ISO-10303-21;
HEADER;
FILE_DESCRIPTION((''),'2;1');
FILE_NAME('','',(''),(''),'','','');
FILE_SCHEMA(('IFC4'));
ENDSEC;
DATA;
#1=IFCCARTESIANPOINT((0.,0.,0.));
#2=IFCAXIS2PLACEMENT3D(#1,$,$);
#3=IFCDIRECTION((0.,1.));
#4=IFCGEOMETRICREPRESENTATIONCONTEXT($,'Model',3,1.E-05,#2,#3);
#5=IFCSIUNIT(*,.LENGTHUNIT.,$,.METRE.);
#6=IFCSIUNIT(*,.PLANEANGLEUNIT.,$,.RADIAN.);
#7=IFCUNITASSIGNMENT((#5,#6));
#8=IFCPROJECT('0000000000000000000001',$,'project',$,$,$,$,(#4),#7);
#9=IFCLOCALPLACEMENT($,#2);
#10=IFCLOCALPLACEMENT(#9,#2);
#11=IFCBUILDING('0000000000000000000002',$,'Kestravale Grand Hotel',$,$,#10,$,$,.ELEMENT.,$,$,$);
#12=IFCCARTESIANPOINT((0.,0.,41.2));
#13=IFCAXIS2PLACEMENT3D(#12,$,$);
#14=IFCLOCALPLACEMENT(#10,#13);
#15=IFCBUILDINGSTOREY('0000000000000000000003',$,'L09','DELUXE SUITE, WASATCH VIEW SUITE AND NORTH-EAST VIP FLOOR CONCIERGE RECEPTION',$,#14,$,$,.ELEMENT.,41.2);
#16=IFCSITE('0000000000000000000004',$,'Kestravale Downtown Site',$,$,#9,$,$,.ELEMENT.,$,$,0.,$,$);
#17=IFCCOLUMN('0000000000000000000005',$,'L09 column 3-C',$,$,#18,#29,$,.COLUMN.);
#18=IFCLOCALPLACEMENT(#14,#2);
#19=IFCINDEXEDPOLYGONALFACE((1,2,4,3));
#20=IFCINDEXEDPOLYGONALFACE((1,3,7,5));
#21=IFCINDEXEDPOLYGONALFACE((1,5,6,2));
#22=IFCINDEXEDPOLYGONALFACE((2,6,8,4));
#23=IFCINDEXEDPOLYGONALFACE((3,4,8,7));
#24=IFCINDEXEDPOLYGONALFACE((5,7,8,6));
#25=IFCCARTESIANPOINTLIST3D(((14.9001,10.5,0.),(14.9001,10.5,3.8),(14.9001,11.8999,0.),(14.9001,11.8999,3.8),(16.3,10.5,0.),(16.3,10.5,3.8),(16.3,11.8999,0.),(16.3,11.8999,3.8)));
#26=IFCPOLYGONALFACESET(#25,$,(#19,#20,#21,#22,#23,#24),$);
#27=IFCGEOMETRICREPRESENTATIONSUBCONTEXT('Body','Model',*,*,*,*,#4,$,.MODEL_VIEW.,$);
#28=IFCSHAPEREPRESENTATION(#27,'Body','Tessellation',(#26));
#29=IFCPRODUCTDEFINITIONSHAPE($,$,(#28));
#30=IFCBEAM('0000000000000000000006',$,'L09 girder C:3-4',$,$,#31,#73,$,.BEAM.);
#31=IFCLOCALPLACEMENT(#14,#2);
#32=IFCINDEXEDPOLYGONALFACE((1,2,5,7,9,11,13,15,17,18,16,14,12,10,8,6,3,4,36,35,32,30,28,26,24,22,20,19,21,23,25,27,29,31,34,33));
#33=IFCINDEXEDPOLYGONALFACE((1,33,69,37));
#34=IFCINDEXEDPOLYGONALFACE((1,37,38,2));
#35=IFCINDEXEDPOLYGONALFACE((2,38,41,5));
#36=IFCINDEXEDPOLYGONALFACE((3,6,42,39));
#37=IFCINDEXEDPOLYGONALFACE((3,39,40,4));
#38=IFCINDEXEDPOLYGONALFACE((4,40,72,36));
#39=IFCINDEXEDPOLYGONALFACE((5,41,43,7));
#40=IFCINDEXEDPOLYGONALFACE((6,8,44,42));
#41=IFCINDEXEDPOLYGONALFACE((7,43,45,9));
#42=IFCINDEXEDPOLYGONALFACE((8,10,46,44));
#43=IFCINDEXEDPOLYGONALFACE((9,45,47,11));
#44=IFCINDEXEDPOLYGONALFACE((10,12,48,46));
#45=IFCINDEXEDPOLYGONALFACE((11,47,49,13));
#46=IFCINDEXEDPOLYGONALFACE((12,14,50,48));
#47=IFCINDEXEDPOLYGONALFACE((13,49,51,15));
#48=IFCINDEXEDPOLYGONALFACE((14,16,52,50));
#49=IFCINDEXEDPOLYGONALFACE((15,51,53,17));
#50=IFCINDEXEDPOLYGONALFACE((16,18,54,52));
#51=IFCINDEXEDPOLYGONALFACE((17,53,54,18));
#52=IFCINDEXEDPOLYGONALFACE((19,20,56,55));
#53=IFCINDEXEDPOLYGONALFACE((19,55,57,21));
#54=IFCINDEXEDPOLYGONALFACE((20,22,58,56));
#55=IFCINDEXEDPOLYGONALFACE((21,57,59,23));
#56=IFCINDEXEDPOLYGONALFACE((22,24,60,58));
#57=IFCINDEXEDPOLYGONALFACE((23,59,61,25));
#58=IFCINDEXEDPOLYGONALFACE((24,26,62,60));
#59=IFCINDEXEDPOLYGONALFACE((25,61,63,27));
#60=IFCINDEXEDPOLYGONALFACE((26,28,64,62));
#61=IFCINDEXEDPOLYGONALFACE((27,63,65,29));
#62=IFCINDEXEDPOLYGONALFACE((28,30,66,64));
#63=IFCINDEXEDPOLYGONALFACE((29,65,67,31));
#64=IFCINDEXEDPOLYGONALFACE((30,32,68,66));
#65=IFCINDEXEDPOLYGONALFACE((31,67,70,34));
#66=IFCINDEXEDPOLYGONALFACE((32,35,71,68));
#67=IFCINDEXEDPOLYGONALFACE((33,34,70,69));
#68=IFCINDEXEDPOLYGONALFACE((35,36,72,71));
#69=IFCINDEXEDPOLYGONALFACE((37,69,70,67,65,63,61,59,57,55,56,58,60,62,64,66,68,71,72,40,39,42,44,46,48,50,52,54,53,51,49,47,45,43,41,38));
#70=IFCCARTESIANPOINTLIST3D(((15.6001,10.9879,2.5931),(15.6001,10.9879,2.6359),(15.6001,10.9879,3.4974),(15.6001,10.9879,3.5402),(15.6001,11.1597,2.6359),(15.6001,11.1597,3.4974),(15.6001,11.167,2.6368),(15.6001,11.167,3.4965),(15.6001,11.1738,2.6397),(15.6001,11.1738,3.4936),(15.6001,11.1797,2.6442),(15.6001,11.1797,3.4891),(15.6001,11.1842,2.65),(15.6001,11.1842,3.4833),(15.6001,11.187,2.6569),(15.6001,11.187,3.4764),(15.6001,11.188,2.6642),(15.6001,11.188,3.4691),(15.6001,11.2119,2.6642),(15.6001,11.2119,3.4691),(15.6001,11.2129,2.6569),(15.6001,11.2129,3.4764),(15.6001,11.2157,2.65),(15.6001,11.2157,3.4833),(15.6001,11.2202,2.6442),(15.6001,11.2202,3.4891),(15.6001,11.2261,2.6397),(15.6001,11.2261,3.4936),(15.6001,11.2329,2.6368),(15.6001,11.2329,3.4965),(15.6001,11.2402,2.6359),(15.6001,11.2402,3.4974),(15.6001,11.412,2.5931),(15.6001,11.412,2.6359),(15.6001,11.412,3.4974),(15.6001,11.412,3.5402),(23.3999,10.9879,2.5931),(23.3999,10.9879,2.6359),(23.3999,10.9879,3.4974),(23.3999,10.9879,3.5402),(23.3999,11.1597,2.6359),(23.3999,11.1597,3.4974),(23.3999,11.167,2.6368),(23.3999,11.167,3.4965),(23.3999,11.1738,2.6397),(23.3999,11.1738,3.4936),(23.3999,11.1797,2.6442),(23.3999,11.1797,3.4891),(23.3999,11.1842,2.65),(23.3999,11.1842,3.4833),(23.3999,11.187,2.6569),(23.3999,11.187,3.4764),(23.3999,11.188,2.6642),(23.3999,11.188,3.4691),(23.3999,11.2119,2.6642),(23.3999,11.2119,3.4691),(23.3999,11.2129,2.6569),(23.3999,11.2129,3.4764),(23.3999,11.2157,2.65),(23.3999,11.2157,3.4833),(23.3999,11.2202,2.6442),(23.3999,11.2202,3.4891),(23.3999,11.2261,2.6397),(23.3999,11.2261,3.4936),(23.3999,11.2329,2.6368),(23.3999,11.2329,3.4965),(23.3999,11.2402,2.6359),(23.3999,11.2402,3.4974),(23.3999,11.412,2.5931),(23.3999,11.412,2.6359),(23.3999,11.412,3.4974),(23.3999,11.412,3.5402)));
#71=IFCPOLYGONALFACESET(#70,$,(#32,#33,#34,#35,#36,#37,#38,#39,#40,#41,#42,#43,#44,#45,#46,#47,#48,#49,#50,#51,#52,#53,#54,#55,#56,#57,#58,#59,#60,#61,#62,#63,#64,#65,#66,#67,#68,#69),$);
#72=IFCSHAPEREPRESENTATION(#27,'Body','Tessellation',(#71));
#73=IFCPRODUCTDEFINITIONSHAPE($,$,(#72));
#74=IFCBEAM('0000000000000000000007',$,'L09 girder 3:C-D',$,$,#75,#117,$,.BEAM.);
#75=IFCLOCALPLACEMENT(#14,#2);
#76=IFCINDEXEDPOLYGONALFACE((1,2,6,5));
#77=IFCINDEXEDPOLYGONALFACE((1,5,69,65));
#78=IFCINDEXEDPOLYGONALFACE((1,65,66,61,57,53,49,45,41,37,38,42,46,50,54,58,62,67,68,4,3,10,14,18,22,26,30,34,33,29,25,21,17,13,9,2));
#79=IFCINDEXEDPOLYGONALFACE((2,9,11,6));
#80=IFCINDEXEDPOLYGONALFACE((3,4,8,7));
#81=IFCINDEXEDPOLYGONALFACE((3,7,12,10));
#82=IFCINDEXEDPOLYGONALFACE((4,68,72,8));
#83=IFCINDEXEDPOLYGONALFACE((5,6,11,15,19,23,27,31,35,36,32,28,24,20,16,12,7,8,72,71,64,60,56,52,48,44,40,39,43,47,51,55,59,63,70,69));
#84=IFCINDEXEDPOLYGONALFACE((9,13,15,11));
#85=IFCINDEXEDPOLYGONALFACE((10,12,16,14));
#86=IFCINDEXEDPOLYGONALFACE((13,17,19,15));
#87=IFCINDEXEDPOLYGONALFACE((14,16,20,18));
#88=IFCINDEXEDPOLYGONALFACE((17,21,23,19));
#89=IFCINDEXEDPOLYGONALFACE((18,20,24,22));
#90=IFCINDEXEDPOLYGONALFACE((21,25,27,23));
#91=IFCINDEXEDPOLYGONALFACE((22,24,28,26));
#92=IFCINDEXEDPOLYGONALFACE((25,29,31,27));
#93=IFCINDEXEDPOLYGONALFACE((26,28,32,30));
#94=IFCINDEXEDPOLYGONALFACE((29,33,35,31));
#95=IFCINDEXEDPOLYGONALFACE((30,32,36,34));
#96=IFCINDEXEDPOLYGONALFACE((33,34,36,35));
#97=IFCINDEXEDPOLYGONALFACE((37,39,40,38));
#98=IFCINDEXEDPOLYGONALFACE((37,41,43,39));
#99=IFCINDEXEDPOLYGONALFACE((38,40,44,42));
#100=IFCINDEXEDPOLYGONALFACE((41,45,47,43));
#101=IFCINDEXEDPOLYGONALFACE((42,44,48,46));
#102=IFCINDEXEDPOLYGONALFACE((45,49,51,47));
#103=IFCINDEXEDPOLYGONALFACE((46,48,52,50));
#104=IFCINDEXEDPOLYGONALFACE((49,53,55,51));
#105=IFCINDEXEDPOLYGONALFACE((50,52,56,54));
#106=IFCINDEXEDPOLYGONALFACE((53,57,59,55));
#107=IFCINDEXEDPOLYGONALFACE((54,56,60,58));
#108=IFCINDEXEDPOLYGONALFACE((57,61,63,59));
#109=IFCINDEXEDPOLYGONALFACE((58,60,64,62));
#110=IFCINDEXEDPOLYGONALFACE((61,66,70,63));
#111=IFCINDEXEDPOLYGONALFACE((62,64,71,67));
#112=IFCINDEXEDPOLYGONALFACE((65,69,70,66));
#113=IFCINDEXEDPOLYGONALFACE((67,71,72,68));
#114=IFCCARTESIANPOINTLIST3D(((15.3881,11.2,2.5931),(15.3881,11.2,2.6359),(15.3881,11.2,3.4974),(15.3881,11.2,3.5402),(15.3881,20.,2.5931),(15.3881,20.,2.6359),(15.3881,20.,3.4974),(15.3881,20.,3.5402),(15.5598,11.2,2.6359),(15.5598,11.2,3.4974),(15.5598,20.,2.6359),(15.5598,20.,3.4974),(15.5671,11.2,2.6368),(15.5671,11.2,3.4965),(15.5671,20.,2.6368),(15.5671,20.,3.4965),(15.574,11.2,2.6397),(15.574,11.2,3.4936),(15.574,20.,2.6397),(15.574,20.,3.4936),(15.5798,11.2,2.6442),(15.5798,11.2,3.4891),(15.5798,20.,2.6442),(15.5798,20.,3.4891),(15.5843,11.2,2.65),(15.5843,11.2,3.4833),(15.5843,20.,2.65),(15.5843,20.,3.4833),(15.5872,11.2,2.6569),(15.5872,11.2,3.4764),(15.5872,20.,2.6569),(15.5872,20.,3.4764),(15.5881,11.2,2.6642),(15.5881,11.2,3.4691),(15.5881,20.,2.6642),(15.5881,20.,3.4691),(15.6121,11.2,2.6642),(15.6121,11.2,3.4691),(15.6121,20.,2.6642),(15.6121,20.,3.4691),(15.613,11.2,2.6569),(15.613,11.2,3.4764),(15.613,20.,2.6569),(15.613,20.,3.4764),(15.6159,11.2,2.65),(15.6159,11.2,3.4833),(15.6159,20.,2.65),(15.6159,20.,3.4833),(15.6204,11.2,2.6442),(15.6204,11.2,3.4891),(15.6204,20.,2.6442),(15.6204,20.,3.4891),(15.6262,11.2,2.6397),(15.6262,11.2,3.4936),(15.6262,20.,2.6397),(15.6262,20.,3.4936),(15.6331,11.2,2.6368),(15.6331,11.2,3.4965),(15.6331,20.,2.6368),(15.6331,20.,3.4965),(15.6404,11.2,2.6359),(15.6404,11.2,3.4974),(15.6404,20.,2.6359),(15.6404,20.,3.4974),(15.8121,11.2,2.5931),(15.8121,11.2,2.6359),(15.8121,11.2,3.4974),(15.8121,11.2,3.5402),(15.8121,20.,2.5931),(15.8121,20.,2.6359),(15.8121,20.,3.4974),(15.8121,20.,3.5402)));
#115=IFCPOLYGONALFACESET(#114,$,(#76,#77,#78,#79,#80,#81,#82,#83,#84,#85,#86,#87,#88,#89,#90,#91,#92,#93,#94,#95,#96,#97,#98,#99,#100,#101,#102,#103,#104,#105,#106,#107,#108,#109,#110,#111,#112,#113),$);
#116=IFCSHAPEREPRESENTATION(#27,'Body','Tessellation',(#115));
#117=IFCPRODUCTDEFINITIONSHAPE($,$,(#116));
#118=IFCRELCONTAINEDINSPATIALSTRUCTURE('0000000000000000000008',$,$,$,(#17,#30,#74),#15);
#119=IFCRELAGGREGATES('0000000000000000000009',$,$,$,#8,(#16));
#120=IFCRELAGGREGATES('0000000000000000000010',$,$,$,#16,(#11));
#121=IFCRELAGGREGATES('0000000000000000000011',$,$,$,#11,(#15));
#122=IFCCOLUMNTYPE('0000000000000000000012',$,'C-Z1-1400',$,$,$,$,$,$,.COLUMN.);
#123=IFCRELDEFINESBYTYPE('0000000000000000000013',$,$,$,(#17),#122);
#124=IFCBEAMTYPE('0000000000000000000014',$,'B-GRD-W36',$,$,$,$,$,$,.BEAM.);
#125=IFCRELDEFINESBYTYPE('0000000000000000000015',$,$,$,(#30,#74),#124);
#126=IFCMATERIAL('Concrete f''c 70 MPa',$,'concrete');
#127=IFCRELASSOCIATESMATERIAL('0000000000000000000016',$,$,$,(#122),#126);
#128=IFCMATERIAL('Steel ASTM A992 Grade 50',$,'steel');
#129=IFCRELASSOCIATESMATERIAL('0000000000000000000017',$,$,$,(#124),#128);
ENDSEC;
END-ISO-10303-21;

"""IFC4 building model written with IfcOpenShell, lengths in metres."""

from ifc_helpers import new_model, si_unit, direction, frame, origin, origin_2d, place, context, subcontext, project, spatial, rectangle, i_section, extrude, material, material_profile, profile_set, type_object, element, save


model = new_model("IFC4")

# Units and contexts
model_context = context("Model", 3, precision=1e-05, world=origin(), true_north=direction((0.0, 1.0)))
body_context = subcontext(model_context, "Body", "Model", "MODEL_VIEW")
ifc_project = project(units=[si_unit("LENGTHUNIT", "METRE"), si_unit("PLANEANGLEUNIT", "RADIAN")], contexts=[model_context])

# Site, building, storey
site_placement = place(None, origin())
site = spatial("IfcSite", under=ifc_project, at=site_placement, Name="Kestravale Downtown Site", CompositionType="ELEMENT", RefElevation=0.0)
building_placement = place(site_placement, origin())
building = spatial("IfcBuilding", under=site, at=building_placement, Name="Kestravale Grand Hotel", CompositionType="ELEMENT")
storey_placement = place(building_placement, frame((0.0, 0.0, 41.2)))
storey = spatial("IfcBuildingStorey", under=building, at=storey_placement, Name="L09", Description="DELUXE SUITE, WASATCH VIEW SUITE AND NORTH-EAST VIP FLOOR CONCIERGE RECEPTION", CompositionType="ELEMENT", Elevation=41.2)

# Column
ifc_material_1 = material(Name="Concrete f'c 70 MPa", Category="concrete")
ifc_material_profile_1 = material_profile(ifc_material_1, rectangle(XDim=1.3999, YDim=1.3999, at=origin_2d()))
ifc_profile_set_1 = profile_set([ifc_material_profile_1], Name="Concrete f'c 70 MPa")
column_type = type_object("IfcColumnType", Name="C-Z1-1400", PredefinedType="COLUMN", material=ifc_profile_set_1)
column_placement = place(storey_placement, frame((15.6001, 11.2, 0.0), z_axis=(0.0, 0.0, 1.0), x_axis=(1.0, 0.0, 0.0)))
element("IfcColumn", 1, at=column_placement, inside=storey, type_object=column_type, Name="L09 column 3-C", PredefinedType="COLUMN", context=body_context, shape_type="SweptSolid", body=[
    extrude(rectangle(XDim=1.3999, YDim=1.3999, at=origin_2d()), origin(), (0.0, 0.0, 1.0), 3.8),
])

# Beams
ifc_material_2 = material(Name="Steel ASTM A992 Grade 50", Category="steel")
ifc_material_profile_2 = material_profile(ifc_material_2, i_section(OverallWidth=0.4241, OverallDepth=0.947, WebThickness=0.0239, FlangeThickness=0.0427, FilletRadius=0.0283, at=origin_2d()))
ifc_profile_set_2 = profile_set([ifc_material_profile_2], Name="Steel ASTM A992 Grade 50")
beam_type = type_object("IfcBeamType", Name="B-GRD-W36", PredefinedType="BEAM", material=ifc_profile_set_2)
beam_1_placement = place(storey_placement, frame((15.6001, 11.2, 3.0667), z_axis=(1.0, 0.0, 0.0), x_axis=(0.0, 1.0, 0.0)))
element("IfcBeam", 2, at=beam_1_placement, inside=storey, type_object=beam_type, Name="L09 girder C:3-4", PredefinedType="BEAM", context=body_context, shape_type="SweptSolid", body=[
    extrude(i_section(OverallWidth=0.4241, OverallDepth=0.947, WebThickness=0.0239, FlangeThickness=0.0427, FilletRadius=0.0283, at=origin_2d()), origin(), (0.0, 0.0, 1.0), 7.7998),
])
beam_2_placement = place(storey_placement, frame((15.6001, 11.2, 3.0667), z_axis=(0.0, 1.0, 0.0), x_axis=(-1.0, 0.0, 0.0)))
element("IfcBeam", 3, at=beam_2_placement, inside=storey, type_object=beam_type, Name="L09 girder 3:C-D", PredefinedType="BEAM", context=body_context, shape_type="SweptSolid", body=[
    extrude(i_section(OverallWidth=0.4241, OverallDepth=0.947, WebThickness=0.0239, FlangeThickness=0.0427, FilletRadius=0.0283, at=origin_2d()), origin(), (0.0, 0.0, 1.0), 8.8),
])

save(model, "model.ifc")
